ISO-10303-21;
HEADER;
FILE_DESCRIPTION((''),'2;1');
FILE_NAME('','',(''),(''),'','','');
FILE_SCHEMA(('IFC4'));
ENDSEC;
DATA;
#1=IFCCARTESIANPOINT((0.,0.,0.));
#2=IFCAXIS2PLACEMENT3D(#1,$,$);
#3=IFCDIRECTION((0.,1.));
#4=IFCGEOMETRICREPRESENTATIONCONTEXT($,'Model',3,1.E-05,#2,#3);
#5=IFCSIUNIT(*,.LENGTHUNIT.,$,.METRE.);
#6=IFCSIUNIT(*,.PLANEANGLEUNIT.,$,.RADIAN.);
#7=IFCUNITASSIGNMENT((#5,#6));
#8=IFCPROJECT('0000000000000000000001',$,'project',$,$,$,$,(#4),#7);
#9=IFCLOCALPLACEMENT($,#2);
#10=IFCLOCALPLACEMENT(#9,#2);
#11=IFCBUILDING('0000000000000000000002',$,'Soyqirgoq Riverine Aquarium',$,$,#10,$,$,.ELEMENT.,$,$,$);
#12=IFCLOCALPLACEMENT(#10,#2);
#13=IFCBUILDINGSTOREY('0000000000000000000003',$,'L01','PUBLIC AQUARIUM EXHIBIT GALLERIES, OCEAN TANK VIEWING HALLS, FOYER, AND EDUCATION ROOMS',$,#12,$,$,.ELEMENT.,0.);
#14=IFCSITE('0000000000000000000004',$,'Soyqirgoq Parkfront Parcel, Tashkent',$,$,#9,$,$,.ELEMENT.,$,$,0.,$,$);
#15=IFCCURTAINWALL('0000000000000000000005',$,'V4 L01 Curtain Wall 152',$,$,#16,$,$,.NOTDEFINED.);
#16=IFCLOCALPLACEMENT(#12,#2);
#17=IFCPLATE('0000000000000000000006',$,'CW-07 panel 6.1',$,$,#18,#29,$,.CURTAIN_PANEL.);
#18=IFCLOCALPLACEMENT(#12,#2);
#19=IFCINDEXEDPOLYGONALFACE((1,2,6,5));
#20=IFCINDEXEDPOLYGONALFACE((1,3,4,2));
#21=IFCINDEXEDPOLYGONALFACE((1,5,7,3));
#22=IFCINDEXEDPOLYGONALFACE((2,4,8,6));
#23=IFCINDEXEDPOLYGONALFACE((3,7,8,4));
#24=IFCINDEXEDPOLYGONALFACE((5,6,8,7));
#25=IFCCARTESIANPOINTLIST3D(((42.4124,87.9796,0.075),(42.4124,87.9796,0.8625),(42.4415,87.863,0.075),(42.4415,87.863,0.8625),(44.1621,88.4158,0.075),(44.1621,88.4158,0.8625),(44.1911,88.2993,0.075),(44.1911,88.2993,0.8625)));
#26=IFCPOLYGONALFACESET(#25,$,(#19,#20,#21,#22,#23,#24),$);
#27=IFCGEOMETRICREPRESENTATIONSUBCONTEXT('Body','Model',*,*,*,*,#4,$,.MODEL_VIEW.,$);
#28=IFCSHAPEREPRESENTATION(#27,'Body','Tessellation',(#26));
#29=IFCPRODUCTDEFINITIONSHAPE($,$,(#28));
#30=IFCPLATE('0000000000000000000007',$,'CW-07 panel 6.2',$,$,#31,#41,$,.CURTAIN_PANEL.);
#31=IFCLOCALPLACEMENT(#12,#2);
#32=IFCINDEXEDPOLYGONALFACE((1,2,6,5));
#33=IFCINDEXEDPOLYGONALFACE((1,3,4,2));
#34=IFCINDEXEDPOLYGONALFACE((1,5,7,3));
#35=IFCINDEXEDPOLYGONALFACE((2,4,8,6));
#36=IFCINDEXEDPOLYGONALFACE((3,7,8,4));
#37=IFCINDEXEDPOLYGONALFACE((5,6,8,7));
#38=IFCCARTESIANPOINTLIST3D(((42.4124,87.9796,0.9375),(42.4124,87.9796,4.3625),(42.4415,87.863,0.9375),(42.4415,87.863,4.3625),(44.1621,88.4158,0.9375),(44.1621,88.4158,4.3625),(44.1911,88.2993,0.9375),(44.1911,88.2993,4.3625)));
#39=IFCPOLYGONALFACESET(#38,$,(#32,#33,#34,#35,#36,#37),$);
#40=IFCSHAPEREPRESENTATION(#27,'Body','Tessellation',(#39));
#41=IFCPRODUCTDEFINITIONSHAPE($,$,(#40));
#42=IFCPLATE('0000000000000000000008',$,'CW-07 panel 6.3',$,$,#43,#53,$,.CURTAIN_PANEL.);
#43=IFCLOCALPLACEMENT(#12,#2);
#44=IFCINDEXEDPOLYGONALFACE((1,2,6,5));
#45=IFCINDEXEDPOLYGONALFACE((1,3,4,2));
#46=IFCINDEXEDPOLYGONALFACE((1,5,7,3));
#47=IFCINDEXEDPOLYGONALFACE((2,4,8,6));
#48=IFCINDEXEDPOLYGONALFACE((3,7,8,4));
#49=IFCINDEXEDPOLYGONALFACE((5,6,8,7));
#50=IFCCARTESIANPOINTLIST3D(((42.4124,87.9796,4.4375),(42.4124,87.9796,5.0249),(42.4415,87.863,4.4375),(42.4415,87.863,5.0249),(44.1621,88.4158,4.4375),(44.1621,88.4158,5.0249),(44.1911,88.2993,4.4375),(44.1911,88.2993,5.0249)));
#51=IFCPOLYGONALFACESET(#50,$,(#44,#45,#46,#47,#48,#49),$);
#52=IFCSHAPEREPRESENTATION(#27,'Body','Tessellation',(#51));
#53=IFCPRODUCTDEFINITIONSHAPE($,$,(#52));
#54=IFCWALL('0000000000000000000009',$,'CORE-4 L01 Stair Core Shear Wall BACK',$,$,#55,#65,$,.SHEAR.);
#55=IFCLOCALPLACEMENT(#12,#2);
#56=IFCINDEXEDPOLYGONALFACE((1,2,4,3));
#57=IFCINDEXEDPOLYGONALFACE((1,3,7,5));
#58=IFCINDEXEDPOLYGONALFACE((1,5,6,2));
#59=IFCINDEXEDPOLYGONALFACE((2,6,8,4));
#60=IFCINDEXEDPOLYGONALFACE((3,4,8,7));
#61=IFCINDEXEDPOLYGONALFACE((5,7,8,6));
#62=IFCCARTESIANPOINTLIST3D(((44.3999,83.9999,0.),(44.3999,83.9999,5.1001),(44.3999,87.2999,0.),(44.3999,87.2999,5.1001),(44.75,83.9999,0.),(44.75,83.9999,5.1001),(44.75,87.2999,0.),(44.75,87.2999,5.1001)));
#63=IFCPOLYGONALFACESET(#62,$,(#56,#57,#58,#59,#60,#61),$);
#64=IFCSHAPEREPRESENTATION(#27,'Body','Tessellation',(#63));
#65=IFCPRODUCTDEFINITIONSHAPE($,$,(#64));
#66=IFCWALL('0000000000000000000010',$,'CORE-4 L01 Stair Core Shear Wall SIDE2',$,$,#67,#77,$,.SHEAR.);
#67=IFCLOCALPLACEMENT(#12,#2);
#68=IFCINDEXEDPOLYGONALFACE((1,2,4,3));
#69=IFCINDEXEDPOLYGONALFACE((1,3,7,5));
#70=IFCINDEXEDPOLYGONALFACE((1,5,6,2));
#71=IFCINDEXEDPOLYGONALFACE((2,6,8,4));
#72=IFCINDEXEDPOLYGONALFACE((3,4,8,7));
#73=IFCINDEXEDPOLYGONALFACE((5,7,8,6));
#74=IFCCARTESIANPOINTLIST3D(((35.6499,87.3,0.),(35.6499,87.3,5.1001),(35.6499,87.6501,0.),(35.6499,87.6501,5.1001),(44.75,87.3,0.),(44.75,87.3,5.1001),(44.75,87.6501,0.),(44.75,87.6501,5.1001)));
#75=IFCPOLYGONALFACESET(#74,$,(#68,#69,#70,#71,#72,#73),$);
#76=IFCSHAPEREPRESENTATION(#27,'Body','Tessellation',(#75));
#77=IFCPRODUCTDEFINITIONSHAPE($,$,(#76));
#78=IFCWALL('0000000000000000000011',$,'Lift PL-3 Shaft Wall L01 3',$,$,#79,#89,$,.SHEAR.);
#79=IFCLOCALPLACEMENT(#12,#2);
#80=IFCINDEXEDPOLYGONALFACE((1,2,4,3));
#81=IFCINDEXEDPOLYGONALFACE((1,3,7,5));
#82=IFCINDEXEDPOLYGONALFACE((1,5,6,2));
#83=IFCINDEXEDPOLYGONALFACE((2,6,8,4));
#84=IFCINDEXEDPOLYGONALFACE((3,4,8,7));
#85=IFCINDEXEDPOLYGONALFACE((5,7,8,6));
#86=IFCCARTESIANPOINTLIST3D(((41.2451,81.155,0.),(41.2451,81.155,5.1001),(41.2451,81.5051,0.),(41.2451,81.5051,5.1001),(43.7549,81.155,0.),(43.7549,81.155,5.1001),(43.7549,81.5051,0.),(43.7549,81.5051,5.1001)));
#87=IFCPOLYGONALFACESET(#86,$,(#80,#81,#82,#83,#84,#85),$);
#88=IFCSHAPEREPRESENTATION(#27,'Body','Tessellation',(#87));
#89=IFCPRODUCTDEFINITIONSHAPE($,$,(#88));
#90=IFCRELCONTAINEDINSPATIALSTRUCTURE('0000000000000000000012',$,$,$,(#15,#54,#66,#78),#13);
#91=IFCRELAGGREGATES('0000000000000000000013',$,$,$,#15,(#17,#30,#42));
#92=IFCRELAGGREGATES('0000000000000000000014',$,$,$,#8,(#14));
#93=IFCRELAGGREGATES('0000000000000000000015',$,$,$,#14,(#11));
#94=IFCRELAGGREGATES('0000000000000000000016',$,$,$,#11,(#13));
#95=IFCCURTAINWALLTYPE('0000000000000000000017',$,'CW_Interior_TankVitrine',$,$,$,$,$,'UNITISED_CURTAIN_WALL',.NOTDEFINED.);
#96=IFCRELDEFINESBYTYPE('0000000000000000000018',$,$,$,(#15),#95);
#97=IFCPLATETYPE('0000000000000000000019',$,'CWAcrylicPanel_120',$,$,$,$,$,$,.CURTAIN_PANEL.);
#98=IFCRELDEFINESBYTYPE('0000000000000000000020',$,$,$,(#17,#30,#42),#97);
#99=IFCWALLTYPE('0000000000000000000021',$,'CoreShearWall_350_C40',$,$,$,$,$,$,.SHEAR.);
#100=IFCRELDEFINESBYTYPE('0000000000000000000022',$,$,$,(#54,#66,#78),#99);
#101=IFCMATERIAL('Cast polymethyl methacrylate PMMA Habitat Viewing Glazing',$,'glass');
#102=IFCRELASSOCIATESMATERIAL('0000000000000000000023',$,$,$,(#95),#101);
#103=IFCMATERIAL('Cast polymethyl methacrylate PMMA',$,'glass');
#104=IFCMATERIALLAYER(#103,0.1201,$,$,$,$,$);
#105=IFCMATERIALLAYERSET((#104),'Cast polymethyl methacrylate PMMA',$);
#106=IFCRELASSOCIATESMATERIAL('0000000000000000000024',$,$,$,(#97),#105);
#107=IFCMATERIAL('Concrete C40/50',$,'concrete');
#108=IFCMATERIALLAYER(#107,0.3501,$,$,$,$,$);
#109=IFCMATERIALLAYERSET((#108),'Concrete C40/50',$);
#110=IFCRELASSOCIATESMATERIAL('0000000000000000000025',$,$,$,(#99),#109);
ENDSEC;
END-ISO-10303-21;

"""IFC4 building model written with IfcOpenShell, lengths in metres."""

from ifc_helpers import new_model, si_unit, direction, frame, frame_2d, origin, origin_2d, place, context, subcontext, project, spatial, rectangle, extrude, material, layer, layer_set, type_object, element, aggregate, save


model = new_model("IFC4")

# Units and contexts
model_context = context("Model", 3, precision=1e-05, world=origin(), true_north=direction((0.0, 1.0)))
body_context = subcontext(model_context, "Body", "Model", "MODEL_VIEW")
ifc_project = project(units=[si_unit("LENGTHUNIT", "METRE"), si_unit("PLANEANGLEUNIT", "RADIAN")], contexts=[model_context])

# Site, building, storey
site_placement = place(None, origin())
site = spatial("IfcSite", under=ifc_project, at=site_placement, Name="Soyqirgoq Parkfront Parcel, Tashkent", CompositionType="ELEMENT", RefElevation=0.0)
building_placement = place(site_placement, origin())
building = spatial("IfcBuilding", under=site, at=building_placement, Name="Soyqirgoq Riverine Aquarium", CompositionType="ELEMENT")
storey_placement = place(building_placement, origin())
storey = spatial("IfcBuildingStorey", under=building, at=storey_placement, Name="L01", Description="PUBLIC AQUARIUM EXHIBIT GALLERIES, OCEAN TANK VIEWING HALLS, FOYER, AND EDUCATION ROOMS", CompositionType="ELEMENT", Elevation=0.0)

# Shared definitions
ifc_material_1 = material(Name="Cast polymethyl methacrylate PMMA Habitat Viewing Glazing", Category="glass")
curtain_wall_type = type_object("IfcCurtainWallType", Name="CW_Interior_TankVitrine", ElementType="UNITISED_CURTAIN_WALL", PredefinedType="NOTDEFINED", material=ifc_material_1)

# Curtain wall
curtain_wall_1_placement = place(storey_placement, origin())
curtain_wall_1 = element("IfcCurtainWall", 1, at=curtain_wall_1_placement, inside=storey, type_object=curtain_wall_type, Name="V4 L01 Curtain Wall 152", PredefinedType="NOTDEFINED")

# Plates
ifc_material_2 = material(Name="Cast polymethyl methacrylate PMMA", Category="glass")
ifc_layer_1 = layer(ifc_material_2, 0.1201)
ifc_layer_set_1 = layer_set([ifc_layer_1], Name="Cast polymethyl methacrylate PMMA")
plate_type = type_object("IfcPlateType", Name="CWAcrylicPanel_120", PredefinedType="CURTAIN_PANEL", material=ifc_layer_set_1)
plate_1_placement = place(storey_placement, frame((43.3018, 88.1394, 0.075), z_axis=(0.0, 0.0, 1.0), x_axis=(-0.970295, -0.241926, 0.0)))
plate_1 = element("IfcPlate", 2, at=plate_1_placement, type_object=plate_type, Name="CW-07 panel 6.1", PredefinedType="CURTAIN_PANEL", context=body_context, shape_type="SweptSolid", body=[
    extrude(rectangle(XDim=1.8032, YDim=0.1201, at=origin_2d()), origin(), (0.0, 0.0, 1.0), 0.7876),
])
plate_2_placement = place(storey_placement, frame((43.3018, 88.1394, 0.9375), z_axis=(0.0, 0.0, 1.0), x_axis=(-0.970295, -0.241926, 0.0)))
plate_2 = element("IfcPlate", 3, at=plate_2_placement, type_object=plate_type, Name="CW-07 panel 6.2", PredefinedType="CURTAIN_PANEL", context=body_context, shape_type="SweptSolid", body=[
    extrude(rectangle(XDim=1.8032, YDim=0.1201, at=origin_2d()), origin(), (0.0, 0.0, 1.0), 3.425),
])
plate_3_placement = place(storey_placement, frame((43.3018, 88.1394, 4.4375), z_axis=(0.0, 0.0, 1.0), x_axis=(-0.970295, -0.241926, 0.0)))
plate_3 = element("IfcPlate", 4, at=plate_3_placement, type_object=plate_type, Name="CW-07 panel 6.3", PredefinedType="CURTAIN_PANEL", context=body_context, shape_type="SweptSolid", body=[
    extrude(rectangle(XDim=1.8032, YDim=0.1201, at=origin_2d()), origin(), (0.0, 0.0, 1.0), 0.5874),
])
aggregate(curtain_wall_1, [plate_1, plate_2, plate_3])

# Walls
ifc_material_3 = material(Name="Concrete C40/50", Category="concrete")
ifc_layer_2 = layer(ifc_material_3, 0.3501)
ifc_layer_set_2 = layer_set([ifc_layer_2], Name="Concrete C40/50")
wall_type = type_object("IfcWallType", Name="CoreShearWall_350_C40", PredefinedType="SHEAR", material=ifc_layer_set_2)
wall_1_placement = place(storey_placement, frame((44.575, 84.0, 0.0), z_axis=(0.0, 0.0, 1.0), x_axis=(0.0, 1.0, 0.0)))
element("IfcWall", 5, at=wall_1_placement, inside=storey, type_object=wall_type, Name="CORE-4 L01 Stair Core Shear Wall BACK", PredefinedType="SHEAR", context=body_context, shape_type="SweptSolid", body=[
    extrude(rectangle(XDim=3.3, YDim=0.3501, at=frame_2d((1.6499, 0.0))), origin(), (0.0, 0.0, 1.0), 5.1001),
])
wall_2_placement = place(storey_placement, frame((44.75, 87.4751, 0.0), z_axis=(0.0, 0.0, 1.0), x_axis=(-1.0, 0.0, 0.0)))
element("IfcWall", 6, at=wall_2_placement, inside=storey, type_object=wall_type, Name="CORE-4 L01 Stair Core Shear Wall SIDE2", PredefinedType="SHEAR", context=body_context, shape_type="SweptSolid", body=[
    extrude(rectangle(XDim=9.1001, YDim=0.3501, at=frame_2d((4.55, 0.0))), origin(), (0.0, 0.0, 1.0), 5.1001),
])
wall_3_placement = place(storey_placement, frame((43.7549, 81.3301, 0.0), z_axis=(0.0, 0.0, 1.0), x_axis=(-1.0, 0.0, 0.0)))
element("IfcWall", 7, at=wall_3_placement, inside=storey, type_object=wall_type, Name="Lift PL-3 Shaft Wall L01 3", PredefinedType="SHEAR", context=body_context, shape_type="SweptSolid", body=[
    extrude(rectangle(XDim=2.5098, YDim=0.3501, at=frame_2d((1.2549, 0.0))), origin(), (0.0, 0.0, 1.0), 5.1001),
])

save(model, "model.ifc")
